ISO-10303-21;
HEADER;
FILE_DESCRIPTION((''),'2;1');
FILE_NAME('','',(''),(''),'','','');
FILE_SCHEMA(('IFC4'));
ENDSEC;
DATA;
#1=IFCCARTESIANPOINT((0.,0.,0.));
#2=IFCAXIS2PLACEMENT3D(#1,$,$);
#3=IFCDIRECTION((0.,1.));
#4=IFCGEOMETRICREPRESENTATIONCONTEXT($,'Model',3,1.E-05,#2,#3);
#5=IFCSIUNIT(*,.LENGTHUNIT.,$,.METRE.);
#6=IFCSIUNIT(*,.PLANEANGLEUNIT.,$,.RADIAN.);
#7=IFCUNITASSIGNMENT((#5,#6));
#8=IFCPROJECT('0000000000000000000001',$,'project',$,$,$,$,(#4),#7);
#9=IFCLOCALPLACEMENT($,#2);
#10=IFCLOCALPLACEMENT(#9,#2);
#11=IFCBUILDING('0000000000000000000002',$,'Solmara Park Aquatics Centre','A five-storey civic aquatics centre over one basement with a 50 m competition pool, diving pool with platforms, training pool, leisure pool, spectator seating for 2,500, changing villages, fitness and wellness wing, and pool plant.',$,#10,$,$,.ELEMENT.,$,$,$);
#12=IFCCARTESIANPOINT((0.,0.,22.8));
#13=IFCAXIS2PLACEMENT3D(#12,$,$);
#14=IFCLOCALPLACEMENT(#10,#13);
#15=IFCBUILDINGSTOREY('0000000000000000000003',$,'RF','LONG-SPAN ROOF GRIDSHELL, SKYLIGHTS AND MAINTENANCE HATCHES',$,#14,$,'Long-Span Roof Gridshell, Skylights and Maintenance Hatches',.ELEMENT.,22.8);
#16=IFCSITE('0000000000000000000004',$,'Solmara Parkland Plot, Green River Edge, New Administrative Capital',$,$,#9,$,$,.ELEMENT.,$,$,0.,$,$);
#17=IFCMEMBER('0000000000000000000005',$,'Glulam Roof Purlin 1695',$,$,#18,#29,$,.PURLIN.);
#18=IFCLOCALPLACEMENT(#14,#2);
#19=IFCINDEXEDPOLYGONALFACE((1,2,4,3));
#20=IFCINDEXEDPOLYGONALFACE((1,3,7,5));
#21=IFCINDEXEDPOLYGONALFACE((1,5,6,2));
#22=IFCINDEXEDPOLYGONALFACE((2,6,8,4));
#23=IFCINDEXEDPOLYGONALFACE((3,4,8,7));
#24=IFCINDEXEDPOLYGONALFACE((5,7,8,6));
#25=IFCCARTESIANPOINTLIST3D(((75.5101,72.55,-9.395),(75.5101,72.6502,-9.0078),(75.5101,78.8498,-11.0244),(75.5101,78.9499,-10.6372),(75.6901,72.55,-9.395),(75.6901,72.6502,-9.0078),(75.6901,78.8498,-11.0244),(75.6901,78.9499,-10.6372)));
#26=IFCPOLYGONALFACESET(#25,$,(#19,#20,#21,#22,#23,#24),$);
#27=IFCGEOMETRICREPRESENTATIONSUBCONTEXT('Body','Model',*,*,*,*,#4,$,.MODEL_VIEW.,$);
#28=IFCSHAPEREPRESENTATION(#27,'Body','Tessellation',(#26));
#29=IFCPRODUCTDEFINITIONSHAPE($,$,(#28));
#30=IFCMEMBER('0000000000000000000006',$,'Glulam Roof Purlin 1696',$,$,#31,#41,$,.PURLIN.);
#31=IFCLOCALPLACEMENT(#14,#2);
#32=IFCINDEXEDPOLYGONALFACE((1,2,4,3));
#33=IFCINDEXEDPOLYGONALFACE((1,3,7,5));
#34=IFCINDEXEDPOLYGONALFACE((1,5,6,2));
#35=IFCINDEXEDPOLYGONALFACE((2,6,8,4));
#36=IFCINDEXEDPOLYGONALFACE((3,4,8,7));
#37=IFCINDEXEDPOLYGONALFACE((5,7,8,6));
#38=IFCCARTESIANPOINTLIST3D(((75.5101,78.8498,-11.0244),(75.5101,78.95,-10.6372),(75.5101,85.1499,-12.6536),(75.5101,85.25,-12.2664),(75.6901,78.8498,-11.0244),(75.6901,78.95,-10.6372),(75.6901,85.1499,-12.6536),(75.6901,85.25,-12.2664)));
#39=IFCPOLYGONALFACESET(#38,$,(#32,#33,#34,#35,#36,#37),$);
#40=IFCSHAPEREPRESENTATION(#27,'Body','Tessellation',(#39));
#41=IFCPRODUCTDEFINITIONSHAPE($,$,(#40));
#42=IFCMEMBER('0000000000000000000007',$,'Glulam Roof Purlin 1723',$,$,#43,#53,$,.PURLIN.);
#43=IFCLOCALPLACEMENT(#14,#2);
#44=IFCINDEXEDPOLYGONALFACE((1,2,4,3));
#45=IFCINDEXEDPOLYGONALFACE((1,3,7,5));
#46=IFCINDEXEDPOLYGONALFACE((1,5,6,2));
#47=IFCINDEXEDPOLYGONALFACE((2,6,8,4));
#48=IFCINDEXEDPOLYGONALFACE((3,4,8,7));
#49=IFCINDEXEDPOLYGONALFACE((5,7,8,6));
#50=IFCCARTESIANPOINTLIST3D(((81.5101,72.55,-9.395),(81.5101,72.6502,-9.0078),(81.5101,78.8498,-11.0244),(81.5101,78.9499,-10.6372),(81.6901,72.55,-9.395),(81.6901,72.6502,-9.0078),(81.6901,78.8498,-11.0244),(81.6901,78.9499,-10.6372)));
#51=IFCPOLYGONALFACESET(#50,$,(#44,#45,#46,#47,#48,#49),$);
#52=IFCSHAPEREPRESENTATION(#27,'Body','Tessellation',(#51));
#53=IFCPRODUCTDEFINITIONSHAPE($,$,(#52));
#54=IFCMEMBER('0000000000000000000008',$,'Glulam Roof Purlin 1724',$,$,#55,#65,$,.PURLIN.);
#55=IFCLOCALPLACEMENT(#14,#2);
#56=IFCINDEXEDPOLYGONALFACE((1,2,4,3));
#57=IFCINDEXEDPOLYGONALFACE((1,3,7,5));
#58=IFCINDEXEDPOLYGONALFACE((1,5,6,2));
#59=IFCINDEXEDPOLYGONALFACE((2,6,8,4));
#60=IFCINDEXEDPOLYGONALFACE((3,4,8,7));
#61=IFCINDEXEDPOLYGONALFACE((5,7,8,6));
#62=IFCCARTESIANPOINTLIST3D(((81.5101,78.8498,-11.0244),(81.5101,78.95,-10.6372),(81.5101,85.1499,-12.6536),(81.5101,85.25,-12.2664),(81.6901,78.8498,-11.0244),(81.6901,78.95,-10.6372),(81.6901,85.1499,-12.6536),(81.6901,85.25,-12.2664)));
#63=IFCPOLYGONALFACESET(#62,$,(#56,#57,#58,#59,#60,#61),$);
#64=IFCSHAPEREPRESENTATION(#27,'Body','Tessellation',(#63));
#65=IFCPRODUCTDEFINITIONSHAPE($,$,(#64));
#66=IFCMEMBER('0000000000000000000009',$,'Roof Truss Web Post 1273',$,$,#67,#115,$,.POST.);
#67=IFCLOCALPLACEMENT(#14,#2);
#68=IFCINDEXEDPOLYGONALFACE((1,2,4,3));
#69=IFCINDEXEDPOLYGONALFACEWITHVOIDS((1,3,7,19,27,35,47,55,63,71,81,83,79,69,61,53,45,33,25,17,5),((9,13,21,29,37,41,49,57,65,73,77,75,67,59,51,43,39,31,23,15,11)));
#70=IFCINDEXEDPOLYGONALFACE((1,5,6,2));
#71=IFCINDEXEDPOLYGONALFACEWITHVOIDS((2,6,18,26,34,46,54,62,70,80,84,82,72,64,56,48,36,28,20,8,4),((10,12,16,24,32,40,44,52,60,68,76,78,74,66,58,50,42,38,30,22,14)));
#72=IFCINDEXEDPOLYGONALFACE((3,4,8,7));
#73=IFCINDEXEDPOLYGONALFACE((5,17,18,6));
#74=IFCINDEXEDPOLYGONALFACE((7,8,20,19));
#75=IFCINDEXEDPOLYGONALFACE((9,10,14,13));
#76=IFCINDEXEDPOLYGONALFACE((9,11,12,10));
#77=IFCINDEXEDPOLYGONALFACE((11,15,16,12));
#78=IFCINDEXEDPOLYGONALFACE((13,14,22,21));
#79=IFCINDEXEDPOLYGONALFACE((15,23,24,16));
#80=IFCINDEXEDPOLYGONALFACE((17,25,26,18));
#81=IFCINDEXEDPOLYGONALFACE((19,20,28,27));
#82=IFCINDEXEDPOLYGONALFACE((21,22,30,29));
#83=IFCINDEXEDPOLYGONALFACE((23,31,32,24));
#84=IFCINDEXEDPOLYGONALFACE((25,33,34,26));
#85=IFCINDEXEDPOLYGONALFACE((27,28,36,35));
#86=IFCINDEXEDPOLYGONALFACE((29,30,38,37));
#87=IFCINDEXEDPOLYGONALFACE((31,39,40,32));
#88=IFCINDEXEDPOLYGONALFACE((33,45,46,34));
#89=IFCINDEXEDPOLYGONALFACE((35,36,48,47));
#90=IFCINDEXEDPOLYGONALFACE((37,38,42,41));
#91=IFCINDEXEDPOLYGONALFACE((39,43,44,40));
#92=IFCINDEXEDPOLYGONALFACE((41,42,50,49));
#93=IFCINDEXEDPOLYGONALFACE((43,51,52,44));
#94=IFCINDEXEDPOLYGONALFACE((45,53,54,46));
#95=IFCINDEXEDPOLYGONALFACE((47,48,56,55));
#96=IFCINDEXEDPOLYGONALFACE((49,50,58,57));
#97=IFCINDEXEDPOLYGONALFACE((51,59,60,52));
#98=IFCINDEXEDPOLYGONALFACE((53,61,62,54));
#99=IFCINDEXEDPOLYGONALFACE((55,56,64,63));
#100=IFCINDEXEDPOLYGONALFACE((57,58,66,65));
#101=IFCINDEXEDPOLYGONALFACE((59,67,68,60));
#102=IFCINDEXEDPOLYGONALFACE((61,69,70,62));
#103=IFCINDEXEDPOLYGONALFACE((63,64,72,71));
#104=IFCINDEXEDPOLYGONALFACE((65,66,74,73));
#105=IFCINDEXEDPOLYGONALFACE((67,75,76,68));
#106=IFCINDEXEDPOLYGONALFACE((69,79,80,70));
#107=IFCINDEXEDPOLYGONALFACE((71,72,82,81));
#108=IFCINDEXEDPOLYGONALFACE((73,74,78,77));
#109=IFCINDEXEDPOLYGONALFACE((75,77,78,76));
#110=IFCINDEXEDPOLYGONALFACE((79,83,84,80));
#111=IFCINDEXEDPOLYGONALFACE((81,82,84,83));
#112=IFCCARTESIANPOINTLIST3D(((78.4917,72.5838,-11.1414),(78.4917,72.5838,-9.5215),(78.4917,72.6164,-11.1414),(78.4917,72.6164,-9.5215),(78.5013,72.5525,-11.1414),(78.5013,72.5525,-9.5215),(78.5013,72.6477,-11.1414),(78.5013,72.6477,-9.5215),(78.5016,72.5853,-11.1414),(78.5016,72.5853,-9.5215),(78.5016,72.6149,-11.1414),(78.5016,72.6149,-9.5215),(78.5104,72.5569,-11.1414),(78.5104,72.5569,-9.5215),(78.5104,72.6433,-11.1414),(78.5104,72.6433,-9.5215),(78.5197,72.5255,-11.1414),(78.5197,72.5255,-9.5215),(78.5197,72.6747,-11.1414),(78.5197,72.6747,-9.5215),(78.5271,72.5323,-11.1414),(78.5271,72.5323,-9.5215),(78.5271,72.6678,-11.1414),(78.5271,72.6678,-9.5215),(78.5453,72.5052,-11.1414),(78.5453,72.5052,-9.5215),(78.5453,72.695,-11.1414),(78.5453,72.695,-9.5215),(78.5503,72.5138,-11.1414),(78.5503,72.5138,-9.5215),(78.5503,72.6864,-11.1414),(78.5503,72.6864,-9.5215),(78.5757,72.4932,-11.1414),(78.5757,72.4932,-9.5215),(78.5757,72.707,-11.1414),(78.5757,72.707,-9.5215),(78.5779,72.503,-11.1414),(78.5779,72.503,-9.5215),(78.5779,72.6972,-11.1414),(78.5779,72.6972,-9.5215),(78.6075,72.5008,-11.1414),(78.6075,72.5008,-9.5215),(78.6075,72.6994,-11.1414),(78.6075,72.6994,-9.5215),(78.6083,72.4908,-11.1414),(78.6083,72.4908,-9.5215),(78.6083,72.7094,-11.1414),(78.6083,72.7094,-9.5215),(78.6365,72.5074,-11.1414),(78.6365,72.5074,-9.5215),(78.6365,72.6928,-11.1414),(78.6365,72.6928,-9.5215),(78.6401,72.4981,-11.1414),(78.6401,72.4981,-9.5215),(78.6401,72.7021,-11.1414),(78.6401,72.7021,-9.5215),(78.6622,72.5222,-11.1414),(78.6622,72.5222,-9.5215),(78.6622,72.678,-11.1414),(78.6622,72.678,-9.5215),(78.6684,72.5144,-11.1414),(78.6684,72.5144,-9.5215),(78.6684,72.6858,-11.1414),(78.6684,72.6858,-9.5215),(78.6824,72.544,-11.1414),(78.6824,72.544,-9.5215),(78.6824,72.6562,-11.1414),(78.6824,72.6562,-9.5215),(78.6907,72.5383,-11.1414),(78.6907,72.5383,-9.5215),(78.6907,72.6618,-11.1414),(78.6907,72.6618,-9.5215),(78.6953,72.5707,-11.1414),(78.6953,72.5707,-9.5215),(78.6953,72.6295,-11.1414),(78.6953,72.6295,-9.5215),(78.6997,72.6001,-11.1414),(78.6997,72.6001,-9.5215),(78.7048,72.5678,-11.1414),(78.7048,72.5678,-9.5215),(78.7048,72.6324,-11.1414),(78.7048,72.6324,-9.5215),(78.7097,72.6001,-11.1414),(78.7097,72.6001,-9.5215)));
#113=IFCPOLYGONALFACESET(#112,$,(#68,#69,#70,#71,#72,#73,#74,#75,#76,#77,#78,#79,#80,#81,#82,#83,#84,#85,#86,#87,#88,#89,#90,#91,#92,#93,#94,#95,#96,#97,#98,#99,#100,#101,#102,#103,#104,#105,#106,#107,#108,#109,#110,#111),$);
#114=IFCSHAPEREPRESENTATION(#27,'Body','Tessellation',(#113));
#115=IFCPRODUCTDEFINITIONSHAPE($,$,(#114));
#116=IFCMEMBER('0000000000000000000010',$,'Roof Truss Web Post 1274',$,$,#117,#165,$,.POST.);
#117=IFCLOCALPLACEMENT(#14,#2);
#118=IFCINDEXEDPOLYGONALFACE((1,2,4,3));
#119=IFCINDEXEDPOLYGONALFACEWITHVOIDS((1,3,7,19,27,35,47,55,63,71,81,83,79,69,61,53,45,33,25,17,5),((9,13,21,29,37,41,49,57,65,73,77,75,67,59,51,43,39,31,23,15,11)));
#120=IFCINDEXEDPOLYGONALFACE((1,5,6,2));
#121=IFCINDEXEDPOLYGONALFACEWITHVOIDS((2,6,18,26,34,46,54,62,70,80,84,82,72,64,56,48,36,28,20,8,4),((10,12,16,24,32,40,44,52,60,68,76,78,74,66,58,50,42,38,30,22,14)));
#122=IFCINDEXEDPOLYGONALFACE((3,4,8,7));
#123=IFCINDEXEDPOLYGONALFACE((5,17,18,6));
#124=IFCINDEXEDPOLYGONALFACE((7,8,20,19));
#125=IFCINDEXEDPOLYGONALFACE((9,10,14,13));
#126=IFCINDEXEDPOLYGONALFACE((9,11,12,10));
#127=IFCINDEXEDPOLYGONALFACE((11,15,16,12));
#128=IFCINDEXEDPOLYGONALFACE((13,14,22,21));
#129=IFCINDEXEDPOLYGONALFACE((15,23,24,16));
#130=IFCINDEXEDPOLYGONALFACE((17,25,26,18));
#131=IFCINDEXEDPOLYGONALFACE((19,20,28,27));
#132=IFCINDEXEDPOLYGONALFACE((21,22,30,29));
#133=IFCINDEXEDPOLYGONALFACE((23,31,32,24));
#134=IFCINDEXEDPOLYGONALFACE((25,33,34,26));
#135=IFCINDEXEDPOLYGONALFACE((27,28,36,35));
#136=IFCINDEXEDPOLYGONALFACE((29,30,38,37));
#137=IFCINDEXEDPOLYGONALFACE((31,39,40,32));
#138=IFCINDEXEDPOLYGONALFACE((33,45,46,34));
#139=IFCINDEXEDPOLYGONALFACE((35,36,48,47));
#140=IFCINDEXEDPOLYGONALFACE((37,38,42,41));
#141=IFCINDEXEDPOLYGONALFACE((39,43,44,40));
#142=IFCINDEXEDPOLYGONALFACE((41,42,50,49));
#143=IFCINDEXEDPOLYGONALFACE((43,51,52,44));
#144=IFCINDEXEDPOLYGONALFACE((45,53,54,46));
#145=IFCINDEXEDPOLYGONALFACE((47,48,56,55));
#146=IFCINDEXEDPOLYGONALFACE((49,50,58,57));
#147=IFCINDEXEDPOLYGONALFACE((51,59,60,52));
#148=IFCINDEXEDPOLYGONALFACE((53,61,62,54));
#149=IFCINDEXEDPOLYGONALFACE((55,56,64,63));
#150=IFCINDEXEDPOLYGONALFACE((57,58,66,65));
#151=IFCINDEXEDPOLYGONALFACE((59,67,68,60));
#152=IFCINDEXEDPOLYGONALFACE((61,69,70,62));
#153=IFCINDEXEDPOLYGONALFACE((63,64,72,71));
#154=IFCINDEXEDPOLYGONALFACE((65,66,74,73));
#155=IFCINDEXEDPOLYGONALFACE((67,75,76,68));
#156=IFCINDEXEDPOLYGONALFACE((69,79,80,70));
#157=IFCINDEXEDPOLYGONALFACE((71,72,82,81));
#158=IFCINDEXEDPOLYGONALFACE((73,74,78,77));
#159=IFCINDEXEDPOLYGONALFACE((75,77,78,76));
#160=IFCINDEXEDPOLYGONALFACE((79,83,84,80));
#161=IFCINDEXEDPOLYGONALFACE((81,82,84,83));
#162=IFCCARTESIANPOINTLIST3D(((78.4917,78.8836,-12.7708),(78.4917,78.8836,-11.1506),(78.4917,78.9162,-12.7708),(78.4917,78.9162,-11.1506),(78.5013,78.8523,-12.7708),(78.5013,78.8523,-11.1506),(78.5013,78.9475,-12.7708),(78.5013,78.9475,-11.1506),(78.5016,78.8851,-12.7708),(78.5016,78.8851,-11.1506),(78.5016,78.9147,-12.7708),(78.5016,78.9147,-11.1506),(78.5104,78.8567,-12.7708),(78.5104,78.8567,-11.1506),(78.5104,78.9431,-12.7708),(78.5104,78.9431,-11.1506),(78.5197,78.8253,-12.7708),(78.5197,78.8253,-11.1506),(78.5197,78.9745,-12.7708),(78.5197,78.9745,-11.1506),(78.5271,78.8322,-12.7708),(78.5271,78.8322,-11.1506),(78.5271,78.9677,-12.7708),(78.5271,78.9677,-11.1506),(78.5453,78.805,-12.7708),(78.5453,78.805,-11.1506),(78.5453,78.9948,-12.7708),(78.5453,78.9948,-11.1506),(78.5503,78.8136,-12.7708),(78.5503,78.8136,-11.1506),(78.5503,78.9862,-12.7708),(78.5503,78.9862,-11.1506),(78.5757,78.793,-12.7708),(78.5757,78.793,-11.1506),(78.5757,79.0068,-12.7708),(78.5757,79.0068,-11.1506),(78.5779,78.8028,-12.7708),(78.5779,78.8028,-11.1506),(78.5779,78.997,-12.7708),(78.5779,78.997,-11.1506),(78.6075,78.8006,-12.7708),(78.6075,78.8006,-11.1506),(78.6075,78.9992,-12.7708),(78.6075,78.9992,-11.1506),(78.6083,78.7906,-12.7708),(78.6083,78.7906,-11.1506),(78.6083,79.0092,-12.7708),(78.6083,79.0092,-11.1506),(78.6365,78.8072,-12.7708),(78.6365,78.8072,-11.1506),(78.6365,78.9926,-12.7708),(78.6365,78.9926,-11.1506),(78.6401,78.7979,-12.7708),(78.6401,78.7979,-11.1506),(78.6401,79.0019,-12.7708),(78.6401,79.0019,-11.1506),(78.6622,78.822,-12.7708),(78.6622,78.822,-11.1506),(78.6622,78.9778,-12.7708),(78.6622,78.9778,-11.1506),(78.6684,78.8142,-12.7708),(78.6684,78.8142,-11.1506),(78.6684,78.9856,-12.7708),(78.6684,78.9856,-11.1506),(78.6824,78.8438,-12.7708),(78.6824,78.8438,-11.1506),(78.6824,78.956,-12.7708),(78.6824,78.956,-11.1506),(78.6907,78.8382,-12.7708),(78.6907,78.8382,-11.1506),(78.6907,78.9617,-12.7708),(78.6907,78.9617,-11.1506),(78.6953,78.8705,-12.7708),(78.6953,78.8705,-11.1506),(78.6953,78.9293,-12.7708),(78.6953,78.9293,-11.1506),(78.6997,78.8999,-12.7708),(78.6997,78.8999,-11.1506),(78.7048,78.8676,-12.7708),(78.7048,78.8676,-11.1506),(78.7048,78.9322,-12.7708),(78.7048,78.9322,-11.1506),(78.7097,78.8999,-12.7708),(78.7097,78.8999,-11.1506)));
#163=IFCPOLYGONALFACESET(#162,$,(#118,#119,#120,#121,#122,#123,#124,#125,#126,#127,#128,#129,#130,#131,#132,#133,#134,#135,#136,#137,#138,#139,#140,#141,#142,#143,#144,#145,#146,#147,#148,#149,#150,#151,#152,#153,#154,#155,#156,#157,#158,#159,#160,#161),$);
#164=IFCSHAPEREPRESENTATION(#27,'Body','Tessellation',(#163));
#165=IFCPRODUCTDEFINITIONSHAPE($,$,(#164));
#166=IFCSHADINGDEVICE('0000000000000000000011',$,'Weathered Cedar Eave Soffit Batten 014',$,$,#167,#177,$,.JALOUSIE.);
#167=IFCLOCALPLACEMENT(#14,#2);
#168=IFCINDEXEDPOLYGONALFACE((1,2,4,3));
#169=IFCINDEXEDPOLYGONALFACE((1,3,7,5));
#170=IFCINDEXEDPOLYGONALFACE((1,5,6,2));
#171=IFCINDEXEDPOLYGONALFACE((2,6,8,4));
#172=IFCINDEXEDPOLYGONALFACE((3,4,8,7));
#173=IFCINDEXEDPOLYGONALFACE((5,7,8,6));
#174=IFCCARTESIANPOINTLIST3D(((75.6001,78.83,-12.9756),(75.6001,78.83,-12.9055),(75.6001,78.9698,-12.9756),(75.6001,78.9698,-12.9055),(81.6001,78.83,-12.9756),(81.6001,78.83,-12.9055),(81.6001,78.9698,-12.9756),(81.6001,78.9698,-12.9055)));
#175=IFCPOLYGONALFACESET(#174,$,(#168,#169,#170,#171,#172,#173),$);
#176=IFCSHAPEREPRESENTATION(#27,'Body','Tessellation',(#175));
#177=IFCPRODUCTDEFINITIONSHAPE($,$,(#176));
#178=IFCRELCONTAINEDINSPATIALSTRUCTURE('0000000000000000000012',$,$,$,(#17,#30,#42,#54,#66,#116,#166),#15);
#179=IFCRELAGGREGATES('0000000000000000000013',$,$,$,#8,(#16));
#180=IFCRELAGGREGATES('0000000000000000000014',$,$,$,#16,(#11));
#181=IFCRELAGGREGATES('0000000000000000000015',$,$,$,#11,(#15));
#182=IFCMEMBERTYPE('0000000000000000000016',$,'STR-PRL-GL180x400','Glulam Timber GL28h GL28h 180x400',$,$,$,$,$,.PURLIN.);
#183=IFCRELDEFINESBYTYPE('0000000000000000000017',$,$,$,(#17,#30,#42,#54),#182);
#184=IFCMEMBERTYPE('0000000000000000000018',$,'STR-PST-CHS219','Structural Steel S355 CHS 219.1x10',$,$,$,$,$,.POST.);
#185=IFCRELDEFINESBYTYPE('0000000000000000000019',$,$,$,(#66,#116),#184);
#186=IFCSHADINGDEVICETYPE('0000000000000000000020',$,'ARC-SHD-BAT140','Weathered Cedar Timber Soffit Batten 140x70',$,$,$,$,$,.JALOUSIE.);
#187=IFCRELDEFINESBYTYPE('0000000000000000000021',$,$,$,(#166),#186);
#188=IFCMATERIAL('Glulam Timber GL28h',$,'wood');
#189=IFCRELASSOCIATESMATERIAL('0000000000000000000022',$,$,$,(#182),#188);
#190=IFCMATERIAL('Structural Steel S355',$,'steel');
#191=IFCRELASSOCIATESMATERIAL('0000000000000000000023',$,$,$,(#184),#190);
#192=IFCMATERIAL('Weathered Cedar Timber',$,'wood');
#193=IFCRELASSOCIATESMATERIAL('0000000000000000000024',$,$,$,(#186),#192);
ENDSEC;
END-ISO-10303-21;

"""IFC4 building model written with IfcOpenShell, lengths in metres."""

from ifc_helpers import new_model, si_unit, direction, frame, origin, origin_2d, place, context, subcontext, project, spatial, rectangle, hollow_circle, extrude, material, material_profile, profile_set, type_object, element, save


model = new_model("IFC4")

# Units and contexts
model_context = context("Model", 3, precision=1e-05, world=origin(), true_north=direction((0.0, 1.0)))
body_context = subcontext(model_context, "Body", "Model", "MODEL_VIEW")
ifc_project = project(units=[si_unit("LENGTHUNIT", "METRE"), si_unit("PLANEANGLEUNIT", "RADIAN")], contexts=[model_context])

# Site, building, storey
site_placement = place(None, origin())
site = spatial("IfcSite", under=ifc_project, at=site_placement, Name="Solmara Parkland Plot, Green River Edge, New Administrative Capital", CompositionType="ELEMENT", RefElevation=0.0)
building_placement = place(site_placement, origin())
building = spatial("IfcBuilding", under=site, at=building_placement, Name="Solmara Park Aquatics Centre", Description="A five-storey civic aquatics centre over one basement with a 50 m competition pool, diving pool with platforms, training pool, leisure pool, spectator seating for 2,500, changing villages, fitness and wellness wing, and pool plant.", CompositionType="ELEMENT")
storey_placement = place(building_placement, frame((0.0, 0.0, 22.8)))
storey = spatial("IfcBuildingStorey", under=building, at=storey_placement, Name="RF", Description="LONG-SPAN ROOF GRIDSHELL, SKYLIGHTS AND MAINTENANCE HATCHES", LongName="Long-Span Roof Gridshell, Skylights and Maintenance Hatches", CompositionType="ELEMENT", Elevation=22.8)

# Members
ifc_material_1 = material(Name="Structural Steel S355", Category="steel")
ifc_material_2 = material(Name="Glulam Timber GL28h", Category="wood")
ifc_material_profile_1 = material_profile(ifc_material_2, rectangle(XDim=0.1799, YDim=0.3999, at=origin_2d()), Name="GL28h 180x400")
ifc_profile_set_1 = profile_set([ifc_material_profile_1], Name="Glulam Timber GL28h")
member_type_1 = type_object("IfcMemberType", Name="STR-PRL-GL180x400", Description="Glulam Timber GL28h GL28h 180x400", PredefinedType="PURLIN", material=ifc_profile_set_1)
member_1_placement = place(storey_placement, frame((75.6001, 72.6001, -9.2014), z_axis=(0.0, 0.968142, -0.250402), x_axis=(-1.0, 0.0, 0.0)))
element("IfcMember", 1, at=member_1_placement, inside=storey, type_object=member_type_1, Name="Glulam Roof Purlin 1695", PredefinedType="PURLIN", context=body_context, shape_type="SweptSolid", body=[
    extrude(rectangle(XDim=0.1799, YDim=0.3999, at=origin_2d()), origin(), (0.0, 0.0, 1.0), 6.5071),
])
member_2_placement = place(storey_placement, frame((75.6001, 78.8999, -10.8308), z_axis=(0.0, 0.968153, -0.250358), x_axis=(-1.0, 0.0, 0.0)))
element("IfcMember", 2, at=member_2_placement, inside=storey, type_object=member_type_1, Name="Glulam Roof Purlin 1696", PredefinedType="PURLIN", context=body_context, shape_type="SweptSolid", body=[
    extrude(rectangle(XDim=0.1799, YDim=0.3999, at=origin_2d()), origin(), (0.0, 0.0, 1.0), 6.5073),
])
member_3_placement = place(storey_placement, frame((81.6001, 72.6001, -9.2014), z_axis=(0.0, 0.968142, -0.250402), x_axis=(-1.0, 0.0, 0.0)))
element("IfcMember", 3, at=member_3_placement, inside=storey, type_object=member_type_1, Name="Glulam Roof Purlin 1723", PredefinedType="PURLIN", context=body_context, shape_type="SweptSolid", body=[
    extrude(rectangle(XDim=0.1799, YDim=0.3999, at=origin_2d()), origin(), (0.0, 0.0, 1.0), 6.5071),
])
member_4_placement = place(storey_placement, frame((81.6001, 78.8999, -10.8308), z_axis=(0.0, 0.968153, -0.250358), x_axis=(-1.0, 0.0, 0.0)))
element("IfcMember", 4, at=member_4_placement, inside=storey, type_object=member_type_1, Name="Glulam Roof Purlin 1724", PredefinedType="PURLIN", context=body_context, shape_type="SweptSolid", body=[
    extrude(rectangle(XDim=0.1799, YDim=0.3999, at=origin_2d()), origin(), (0.0, 0.0, 1.0), 6.5073),
])
ifc_material_profile_2 = material_profile(ifc_material_1, hollow_circle(Radius=0.1096, WallThickness=0.01, at=origin_2d()), Name="CHS 219.1x10")
ifc_profile_set_2 = profile_set([ifc_material_profile_2], Name="Structural Steel S355")
member_type_2 = type_object("IfcMemberType", Name="STR-PST-CHS219", Description="Structural Steel S355 CHS 219.1x10", PredefinedType="POST", material=ifc_profile_set_2)
member_5_placement = place(storey_placement, frame((78.6001, 72.6001, -11.1414), z_axis=(0.0, 0.0, 1.0), x_axis=(1.0, 0.0, 0.0)))
element("IfcMember", 5, at=member_5_placement, inside=storey, type_object=member_type_2, Name="Roof Truss Web Post 1273", PredefinedType="POST", context=body_context, shape_type="SweptSolid", body=[
    extrude(hollow_circle(Radius=0.1096, WallThickness=0.01, at=origin_2d()), origin(), (0.0, 0.0, 1.0), 1.6199),
])
member_6_placement = place(storey_placement, frame((78.6001, 78.8999, -12.7708), z_axis=(0.0, 0.0, 1.0), x_axis=(1.0, 0.0, 0.0)))
element("IfcMember", 6, at=member_6_placement, inside=storey, type_object=member_type_2, Name="Roof Truss Web Post 1274", PredefinedType="POST", context=body_context, shape_type="SweptSolid", body=[
    extrude(hollow_circle(Radius=0.1096, WallThickness=0.01, at=origin_2d()), origin(), (0.0, 0.0, 1.0), 1.6201),
])

# Shading device
ifc_material_3 = material(Name="Weathered Cedar Timber", Category="wood")
shading_device_type = type_object("IfcShadingDeviceType", Name="ARC-SHD-BAT140", Description="Weathered Cedar Timber Soffit Batten 140x70", PredefinedType="JALOUSIE", material=ifc_material_3)
shading_device_placement = place(storey_placement, frame((78.6001, 78.8999, -12.9756), z_axis=(0.0, 0.0, 1.0), x_axis=(1.0, 0.0, 0.0)))
element("IfcShadingDevice", 7, at=shading_device_placement, inside=storey, type_object=shading_device_type, Name="Weathered Cedar Eave Soffit Batten 014", PredefinedType="JALOUSIE", context=body_context, shape_type="SweptSolid", body=[
    extrude(rectangle(XDim=6.0, YDim=0.1399, at=origin_2d()), origin(), (0.0, 0.0, 1.0), 0.0701),
])

save(model, "model.ifc")
